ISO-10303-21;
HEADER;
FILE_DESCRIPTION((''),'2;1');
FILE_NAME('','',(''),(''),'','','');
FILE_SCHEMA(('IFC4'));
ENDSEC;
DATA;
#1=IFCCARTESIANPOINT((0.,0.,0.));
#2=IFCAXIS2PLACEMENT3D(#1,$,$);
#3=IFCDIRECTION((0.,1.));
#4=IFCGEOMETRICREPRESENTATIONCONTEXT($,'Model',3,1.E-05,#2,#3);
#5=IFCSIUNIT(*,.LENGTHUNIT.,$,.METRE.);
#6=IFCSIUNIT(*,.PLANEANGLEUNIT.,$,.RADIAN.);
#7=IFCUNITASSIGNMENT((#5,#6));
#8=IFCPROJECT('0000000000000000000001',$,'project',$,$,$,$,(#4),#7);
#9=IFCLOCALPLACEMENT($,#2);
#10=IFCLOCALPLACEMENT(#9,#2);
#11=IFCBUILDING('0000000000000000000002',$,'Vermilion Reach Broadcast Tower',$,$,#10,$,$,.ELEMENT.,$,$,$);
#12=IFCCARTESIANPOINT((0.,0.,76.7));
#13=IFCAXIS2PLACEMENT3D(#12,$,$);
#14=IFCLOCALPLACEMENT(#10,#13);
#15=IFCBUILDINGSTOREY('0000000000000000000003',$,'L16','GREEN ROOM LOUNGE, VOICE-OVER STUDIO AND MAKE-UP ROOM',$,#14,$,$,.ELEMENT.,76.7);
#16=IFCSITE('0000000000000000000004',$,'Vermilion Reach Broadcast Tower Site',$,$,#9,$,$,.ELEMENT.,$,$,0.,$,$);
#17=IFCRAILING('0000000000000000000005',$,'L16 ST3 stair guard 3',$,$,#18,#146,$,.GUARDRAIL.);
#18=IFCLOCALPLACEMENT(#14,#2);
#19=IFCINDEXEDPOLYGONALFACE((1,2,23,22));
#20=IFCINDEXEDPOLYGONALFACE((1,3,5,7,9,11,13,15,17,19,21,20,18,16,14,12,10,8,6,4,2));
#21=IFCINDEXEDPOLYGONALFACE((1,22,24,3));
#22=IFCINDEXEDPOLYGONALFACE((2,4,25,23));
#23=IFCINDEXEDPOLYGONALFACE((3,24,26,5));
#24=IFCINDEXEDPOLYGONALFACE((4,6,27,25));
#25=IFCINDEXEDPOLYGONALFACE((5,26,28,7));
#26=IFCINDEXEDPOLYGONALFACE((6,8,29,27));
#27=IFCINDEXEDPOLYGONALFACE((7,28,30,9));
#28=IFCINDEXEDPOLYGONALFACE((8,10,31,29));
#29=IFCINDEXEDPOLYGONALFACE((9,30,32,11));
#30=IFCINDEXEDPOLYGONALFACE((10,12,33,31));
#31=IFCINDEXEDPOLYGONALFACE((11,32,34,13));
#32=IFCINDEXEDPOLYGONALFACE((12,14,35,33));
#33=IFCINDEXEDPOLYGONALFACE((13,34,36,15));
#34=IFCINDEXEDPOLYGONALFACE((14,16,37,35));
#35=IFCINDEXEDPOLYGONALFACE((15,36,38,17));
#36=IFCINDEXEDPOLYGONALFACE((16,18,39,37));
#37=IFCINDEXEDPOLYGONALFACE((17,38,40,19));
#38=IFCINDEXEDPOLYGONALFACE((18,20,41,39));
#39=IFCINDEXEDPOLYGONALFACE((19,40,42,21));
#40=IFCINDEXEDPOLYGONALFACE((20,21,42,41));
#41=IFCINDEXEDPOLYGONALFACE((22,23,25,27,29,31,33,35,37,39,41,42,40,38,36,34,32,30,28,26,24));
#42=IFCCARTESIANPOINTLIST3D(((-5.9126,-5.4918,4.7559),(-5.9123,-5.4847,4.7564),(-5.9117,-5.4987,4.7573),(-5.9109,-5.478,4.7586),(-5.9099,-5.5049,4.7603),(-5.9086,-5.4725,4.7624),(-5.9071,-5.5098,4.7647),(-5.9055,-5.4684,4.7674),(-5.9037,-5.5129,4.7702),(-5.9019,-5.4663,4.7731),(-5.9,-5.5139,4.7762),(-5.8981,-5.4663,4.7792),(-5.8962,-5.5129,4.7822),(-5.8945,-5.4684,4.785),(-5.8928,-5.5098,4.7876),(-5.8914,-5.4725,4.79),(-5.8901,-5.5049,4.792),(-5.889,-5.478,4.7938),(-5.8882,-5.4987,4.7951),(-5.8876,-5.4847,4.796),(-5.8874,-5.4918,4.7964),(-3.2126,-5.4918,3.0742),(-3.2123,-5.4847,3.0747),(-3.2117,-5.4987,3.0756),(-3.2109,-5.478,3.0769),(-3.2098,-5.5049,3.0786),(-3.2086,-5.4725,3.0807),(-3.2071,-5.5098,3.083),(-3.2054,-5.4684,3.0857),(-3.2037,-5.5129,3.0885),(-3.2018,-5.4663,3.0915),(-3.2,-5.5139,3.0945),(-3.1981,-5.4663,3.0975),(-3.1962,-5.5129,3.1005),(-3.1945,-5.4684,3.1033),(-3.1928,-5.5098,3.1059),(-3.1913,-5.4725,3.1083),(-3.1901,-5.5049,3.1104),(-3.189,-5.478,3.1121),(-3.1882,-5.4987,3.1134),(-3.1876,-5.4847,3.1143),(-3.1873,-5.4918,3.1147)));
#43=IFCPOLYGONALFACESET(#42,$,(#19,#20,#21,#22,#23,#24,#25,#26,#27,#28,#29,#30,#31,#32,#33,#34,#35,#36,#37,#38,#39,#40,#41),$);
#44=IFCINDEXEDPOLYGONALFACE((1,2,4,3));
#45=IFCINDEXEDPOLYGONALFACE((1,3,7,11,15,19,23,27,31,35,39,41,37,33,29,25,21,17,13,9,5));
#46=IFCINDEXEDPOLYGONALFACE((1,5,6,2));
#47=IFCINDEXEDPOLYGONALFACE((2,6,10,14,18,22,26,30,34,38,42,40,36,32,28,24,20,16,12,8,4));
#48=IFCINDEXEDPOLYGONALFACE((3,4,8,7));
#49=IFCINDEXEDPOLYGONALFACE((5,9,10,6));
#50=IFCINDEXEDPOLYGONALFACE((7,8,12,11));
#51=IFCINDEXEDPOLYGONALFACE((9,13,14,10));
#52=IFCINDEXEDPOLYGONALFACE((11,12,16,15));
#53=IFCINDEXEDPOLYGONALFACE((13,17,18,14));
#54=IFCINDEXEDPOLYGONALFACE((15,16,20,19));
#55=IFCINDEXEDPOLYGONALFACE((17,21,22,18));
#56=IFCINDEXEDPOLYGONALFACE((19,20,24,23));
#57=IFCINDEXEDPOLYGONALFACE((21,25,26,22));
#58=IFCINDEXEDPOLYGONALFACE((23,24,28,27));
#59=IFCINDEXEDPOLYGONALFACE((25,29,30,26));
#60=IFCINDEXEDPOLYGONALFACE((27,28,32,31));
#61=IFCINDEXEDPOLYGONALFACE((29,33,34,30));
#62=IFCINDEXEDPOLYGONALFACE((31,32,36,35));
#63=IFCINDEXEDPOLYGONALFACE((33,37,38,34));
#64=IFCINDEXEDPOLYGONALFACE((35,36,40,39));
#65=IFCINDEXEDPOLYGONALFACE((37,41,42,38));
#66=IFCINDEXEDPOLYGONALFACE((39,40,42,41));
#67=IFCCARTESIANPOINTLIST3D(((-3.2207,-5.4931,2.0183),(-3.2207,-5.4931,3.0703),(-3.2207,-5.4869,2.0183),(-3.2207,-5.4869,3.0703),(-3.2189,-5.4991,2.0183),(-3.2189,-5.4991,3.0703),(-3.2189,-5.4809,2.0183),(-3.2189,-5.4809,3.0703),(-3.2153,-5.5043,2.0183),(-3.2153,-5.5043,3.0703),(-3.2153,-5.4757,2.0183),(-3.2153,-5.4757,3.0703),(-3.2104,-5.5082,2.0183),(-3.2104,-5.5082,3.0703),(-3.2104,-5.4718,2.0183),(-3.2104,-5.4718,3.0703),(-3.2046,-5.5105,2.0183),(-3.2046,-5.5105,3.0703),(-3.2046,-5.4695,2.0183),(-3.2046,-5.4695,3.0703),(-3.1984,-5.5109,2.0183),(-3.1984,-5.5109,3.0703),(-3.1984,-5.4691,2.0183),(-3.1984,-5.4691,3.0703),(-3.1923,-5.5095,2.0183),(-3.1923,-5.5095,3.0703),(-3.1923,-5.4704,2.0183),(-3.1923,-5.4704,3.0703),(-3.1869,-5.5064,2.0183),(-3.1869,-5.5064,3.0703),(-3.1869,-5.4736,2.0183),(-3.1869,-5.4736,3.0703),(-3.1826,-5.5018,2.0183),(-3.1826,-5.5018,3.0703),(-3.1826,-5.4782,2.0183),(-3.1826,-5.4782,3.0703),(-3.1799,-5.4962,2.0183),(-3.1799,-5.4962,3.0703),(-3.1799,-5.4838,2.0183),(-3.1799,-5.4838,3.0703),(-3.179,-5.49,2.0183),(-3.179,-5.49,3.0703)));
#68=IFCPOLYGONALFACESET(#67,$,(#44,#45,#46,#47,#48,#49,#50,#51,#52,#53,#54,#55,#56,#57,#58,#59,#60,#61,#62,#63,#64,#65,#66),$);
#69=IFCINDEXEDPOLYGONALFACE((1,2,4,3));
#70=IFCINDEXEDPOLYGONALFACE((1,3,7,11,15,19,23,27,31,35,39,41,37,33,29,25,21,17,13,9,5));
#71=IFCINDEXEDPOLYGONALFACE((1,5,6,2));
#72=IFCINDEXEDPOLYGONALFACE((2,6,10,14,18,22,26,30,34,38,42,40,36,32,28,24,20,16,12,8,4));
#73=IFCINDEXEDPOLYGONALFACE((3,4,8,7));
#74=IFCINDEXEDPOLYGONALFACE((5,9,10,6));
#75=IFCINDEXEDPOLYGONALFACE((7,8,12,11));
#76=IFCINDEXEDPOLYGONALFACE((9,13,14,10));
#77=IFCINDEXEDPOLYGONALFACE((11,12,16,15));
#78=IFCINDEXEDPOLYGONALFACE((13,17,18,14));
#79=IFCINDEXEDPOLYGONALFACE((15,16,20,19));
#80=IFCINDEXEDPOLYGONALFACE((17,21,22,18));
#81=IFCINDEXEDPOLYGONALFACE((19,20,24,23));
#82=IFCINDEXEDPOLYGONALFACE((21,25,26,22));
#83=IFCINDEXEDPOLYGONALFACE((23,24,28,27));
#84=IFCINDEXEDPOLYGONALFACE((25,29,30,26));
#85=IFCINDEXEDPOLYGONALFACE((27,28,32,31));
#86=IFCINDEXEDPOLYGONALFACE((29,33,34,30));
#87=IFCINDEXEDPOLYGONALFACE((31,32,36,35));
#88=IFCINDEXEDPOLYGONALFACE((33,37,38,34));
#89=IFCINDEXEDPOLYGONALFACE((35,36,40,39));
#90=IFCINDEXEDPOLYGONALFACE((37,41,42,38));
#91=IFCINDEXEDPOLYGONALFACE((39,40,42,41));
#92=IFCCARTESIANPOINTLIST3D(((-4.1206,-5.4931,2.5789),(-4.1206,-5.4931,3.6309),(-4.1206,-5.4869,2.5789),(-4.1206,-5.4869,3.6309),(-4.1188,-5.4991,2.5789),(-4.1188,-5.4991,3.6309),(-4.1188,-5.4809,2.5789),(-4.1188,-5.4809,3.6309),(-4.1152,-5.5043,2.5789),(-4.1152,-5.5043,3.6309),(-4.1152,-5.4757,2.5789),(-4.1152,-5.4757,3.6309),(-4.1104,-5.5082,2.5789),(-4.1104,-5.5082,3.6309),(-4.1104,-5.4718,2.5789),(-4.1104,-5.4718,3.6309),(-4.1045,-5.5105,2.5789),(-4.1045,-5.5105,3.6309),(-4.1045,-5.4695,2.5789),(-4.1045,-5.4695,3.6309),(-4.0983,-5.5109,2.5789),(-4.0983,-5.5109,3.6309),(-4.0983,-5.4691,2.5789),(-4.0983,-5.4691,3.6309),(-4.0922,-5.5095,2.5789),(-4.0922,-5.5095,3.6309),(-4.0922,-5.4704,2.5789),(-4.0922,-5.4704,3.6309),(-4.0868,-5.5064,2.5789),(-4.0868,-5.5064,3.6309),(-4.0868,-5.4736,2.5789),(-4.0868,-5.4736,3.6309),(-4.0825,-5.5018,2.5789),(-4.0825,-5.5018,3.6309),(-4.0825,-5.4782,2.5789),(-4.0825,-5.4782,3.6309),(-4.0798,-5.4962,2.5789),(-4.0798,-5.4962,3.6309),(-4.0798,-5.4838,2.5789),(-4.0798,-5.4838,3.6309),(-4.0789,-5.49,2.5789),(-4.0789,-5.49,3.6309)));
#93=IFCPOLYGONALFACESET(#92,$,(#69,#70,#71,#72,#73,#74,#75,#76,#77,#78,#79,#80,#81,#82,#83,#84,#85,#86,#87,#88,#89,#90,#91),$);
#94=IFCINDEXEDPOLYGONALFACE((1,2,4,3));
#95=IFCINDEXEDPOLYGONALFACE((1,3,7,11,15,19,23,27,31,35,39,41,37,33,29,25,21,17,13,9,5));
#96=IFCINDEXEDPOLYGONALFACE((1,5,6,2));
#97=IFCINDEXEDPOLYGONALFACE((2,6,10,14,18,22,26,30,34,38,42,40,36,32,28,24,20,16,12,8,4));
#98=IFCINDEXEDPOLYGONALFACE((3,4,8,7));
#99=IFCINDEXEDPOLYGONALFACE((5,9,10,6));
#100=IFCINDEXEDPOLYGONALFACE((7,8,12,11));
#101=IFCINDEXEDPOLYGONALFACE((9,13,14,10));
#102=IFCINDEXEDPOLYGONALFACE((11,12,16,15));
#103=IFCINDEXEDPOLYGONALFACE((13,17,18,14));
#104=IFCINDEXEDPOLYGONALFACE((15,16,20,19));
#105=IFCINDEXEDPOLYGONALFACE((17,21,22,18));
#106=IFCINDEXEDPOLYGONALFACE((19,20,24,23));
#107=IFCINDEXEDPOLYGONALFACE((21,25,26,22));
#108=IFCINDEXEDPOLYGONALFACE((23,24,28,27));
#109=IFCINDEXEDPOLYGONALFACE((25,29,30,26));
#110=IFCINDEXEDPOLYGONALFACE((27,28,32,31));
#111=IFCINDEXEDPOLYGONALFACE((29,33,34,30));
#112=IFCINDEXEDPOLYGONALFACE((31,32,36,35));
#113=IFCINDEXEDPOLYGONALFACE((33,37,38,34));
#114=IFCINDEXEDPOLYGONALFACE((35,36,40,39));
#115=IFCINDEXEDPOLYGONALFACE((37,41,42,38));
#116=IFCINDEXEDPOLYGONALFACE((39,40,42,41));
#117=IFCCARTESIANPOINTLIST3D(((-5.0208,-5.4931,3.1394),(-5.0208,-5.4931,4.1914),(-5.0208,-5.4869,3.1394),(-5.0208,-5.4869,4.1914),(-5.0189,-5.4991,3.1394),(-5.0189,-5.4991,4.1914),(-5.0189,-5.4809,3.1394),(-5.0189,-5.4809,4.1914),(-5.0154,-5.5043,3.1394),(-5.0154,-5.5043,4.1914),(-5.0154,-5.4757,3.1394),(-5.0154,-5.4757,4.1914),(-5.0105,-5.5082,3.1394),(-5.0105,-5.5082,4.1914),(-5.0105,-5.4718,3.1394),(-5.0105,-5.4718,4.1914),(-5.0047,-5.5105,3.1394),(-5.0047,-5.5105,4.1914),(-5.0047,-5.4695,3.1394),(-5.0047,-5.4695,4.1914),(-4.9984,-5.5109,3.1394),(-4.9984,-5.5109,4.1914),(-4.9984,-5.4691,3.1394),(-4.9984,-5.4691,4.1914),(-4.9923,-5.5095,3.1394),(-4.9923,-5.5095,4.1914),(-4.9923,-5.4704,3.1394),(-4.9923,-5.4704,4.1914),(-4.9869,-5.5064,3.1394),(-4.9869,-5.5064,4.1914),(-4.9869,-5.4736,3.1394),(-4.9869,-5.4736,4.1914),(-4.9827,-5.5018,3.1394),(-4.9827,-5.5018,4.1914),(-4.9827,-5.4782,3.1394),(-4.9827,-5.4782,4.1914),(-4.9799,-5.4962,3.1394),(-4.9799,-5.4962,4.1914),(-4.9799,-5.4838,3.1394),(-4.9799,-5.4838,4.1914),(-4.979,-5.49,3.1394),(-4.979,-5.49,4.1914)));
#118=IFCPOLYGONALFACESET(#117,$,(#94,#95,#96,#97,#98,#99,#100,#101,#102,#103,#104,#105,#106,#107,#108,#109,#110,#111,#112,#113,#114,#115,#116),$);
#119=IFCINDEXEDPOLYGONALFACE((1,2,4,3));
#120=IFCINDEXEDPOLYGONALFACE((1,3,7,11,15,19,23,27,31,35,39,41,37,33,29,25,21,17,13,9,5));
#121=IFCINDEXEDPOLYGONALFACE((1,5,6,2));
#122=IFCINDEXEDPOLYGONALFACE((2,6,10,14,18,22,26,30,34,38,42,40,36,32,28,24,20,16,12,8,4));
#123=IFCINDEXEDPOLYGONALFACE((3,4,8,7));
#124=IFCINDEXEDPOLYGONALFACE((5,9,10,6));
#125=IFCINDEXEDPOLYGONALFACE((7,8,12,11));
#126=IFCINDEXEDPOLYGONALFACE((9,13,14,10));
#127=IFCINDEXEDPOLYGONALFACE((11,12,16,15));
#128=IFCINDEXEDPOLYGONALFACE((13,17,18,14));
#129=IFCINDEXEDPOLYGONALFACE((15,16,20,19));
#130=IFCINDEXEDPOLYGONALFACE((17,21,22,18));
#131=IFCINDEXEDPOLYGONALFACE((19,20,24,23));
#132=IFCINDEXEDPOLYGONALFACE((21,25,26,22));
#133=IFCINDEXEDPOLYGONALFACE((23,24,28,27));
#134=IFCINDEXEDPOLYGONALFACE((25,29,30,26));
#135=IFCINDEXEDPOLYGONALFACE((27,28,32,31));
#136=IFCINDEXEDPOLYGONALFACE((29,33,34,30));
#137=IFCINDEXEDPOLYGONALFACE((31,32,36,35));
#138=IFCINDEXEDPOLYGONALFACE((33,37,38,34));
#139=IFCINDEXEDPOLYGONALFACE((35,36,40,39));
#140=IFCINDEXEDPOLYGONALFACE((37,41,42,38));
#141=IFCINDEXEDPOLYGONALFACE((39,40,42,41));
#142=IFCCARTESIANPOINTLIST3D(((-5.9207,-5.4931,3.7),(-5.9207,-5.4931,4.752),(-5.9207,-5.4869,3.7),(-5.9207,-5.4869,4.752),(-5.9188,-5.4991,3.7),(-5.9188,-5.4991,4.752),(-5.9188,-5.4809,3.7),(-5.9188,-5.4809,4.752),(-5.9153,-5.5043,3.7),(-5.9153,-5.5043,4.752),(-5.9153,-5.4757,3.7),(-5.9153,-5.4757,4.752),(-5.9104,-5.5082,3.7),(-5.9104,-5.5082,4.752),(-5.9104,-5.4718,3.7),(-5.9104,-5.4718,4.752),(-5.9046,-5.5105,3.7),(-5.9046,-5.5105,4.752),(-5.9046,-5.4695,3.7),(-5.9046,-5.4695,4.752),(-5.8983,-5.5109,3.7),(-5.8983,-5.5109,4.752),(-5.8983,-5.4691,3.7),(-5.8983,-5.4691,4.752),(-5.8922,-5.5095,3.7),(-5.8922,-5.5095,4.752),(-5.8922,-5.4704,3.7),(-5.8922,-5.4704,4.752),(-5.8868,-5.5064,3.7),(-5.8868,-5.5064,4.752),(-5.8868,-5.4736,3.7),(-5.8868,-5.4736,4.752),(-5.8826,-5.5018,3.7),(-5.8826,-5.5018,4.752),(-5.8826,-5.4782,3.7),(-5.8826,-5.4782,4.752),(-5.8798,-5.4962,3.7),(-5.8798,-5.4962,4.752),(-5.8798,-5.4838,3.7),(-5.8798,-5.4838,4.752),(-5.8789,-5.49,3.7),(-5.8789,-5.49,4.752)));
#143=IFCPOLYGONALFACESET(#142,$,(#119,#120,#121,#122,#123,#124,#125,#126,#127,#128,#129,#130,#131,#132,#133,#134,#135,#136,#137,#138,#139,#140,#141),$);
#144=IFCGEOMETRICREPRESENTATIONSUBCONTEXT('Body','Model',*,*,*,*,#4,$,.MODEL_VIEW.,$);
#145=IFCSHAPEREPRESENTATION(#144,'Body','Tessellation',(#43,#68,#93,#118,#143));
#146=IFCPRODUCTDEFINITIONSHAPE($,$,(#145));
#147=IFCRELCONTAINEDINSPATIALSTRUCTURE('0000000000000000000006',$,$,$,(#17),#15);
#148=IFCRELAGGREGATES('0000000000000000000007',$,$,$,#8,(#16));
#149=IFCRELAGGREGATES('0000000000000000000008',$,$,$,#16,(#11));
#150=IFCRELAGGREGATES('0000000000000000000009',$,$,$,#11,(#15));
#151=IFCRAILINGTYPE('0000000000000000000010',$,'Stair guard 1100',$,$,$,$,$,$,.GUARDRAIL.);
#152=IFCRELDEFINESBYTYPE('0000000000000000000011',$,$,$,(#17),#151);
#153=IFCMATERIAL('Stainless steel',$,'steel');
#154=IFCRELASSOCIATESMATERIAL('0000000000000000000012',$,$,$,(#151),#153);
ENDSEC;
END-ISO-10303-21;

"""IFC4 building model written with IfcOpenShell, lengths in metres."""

from ifc_helpers import new_model, si_unit, direction, frame, origin, origin_2d, place, context, subcontext, project, spatial, circle, extrude, material, type_object, element, save


model = new_model("IFC4")

# Units and contexts
model_context = context("Model", 3, precision=1e-05, world=origin(), true_north=direction((0.0, 1.0)))
body_context = subcontext(model_context, "Body", "Model", "MODEL_VIEW")
ifc_project = project(units=[si_unit("LENGTHUNIT", "METRE"), si_unit("PLANEANGLEUNIT", "RADIAN")], contexts=[model_context])

# Site, building, storey
site_placement = place(None, origin())
site = spatial("IfcSite", under=ifc_project, at=site_placement, Name="Vermilion Reach Broadcast Tower Site", CompositionType="ELEMENT", RefElevation=0.0)
building_placement = place(site_placement, origin())
building = spatial("IfcBuilding", under=site, at=building_placement, Name="Vermilion Reach Broadcast Tower", CompositionType="ELEMENT")
storey_placement = place(building_placement, frame((0.0, 0.0, 76.7)))
storey = spatial("IfcBuildingStorey", under=building, at=storey_placement, Name="L16", Description="GREEN ROOM LOUNGE, VOICE-OVER STUDIO AND MAKE-UP ROOM", CompositionType="ELEMENT", Elevation=76.7)

# Railing
ifc_material_1 = material(Name="Stainless steel", Category="steel")
railing_type_1 = type_object("IfcRailingType", Name="Stair guard 1100", PredefinedType="GUARDRAIL", material=ifc_material_1)
railing_1_placement = place(storey_placement, frame((-3.2, -5.49, 2.0183)))
element("IfcRailing", 1, at=railing_1_placement, inside=storey, type_object=railing_type_1, Name="L16 ST3 stair guard 3", PredefinedType="GUARDRAIL", context=body_context, shape_type="SweptSolid", body=[
    extrude(circle(Radius=0.0239, at=origin_2d()), frame((0.0, 0.0, 1.0762), z_axis=(-0.848821, 0.0, 0.528681), x_axis=(0.0, -1.0, 0.0)), (0.0, 0.0, 1.0), 3.1809),
    extrude(circle(Radius=0.021, at=origin_2d()), origin(), (0.0, 0.0, 1.0), 1.052),
    extrude(circle(Radius=0.021, at=origin_2d()), frame((-0.8999, 0.0, 0.5605)), (0.0, 0.0, 1.0), 1.052),
    extrude(circle(Radius=0.021, at=origin_2d()), frame((-1.8, 0.0, 1.1211)), (0.0, 0.0, 1.0), 1.052),
    extrude(circle(Radius=0.021, at=origin_2d()), frame((-2.7, 0.0, 1.6816)), (0.0, 0.0, 1.0), 1.052),
])

save(model, "model.ifc")
